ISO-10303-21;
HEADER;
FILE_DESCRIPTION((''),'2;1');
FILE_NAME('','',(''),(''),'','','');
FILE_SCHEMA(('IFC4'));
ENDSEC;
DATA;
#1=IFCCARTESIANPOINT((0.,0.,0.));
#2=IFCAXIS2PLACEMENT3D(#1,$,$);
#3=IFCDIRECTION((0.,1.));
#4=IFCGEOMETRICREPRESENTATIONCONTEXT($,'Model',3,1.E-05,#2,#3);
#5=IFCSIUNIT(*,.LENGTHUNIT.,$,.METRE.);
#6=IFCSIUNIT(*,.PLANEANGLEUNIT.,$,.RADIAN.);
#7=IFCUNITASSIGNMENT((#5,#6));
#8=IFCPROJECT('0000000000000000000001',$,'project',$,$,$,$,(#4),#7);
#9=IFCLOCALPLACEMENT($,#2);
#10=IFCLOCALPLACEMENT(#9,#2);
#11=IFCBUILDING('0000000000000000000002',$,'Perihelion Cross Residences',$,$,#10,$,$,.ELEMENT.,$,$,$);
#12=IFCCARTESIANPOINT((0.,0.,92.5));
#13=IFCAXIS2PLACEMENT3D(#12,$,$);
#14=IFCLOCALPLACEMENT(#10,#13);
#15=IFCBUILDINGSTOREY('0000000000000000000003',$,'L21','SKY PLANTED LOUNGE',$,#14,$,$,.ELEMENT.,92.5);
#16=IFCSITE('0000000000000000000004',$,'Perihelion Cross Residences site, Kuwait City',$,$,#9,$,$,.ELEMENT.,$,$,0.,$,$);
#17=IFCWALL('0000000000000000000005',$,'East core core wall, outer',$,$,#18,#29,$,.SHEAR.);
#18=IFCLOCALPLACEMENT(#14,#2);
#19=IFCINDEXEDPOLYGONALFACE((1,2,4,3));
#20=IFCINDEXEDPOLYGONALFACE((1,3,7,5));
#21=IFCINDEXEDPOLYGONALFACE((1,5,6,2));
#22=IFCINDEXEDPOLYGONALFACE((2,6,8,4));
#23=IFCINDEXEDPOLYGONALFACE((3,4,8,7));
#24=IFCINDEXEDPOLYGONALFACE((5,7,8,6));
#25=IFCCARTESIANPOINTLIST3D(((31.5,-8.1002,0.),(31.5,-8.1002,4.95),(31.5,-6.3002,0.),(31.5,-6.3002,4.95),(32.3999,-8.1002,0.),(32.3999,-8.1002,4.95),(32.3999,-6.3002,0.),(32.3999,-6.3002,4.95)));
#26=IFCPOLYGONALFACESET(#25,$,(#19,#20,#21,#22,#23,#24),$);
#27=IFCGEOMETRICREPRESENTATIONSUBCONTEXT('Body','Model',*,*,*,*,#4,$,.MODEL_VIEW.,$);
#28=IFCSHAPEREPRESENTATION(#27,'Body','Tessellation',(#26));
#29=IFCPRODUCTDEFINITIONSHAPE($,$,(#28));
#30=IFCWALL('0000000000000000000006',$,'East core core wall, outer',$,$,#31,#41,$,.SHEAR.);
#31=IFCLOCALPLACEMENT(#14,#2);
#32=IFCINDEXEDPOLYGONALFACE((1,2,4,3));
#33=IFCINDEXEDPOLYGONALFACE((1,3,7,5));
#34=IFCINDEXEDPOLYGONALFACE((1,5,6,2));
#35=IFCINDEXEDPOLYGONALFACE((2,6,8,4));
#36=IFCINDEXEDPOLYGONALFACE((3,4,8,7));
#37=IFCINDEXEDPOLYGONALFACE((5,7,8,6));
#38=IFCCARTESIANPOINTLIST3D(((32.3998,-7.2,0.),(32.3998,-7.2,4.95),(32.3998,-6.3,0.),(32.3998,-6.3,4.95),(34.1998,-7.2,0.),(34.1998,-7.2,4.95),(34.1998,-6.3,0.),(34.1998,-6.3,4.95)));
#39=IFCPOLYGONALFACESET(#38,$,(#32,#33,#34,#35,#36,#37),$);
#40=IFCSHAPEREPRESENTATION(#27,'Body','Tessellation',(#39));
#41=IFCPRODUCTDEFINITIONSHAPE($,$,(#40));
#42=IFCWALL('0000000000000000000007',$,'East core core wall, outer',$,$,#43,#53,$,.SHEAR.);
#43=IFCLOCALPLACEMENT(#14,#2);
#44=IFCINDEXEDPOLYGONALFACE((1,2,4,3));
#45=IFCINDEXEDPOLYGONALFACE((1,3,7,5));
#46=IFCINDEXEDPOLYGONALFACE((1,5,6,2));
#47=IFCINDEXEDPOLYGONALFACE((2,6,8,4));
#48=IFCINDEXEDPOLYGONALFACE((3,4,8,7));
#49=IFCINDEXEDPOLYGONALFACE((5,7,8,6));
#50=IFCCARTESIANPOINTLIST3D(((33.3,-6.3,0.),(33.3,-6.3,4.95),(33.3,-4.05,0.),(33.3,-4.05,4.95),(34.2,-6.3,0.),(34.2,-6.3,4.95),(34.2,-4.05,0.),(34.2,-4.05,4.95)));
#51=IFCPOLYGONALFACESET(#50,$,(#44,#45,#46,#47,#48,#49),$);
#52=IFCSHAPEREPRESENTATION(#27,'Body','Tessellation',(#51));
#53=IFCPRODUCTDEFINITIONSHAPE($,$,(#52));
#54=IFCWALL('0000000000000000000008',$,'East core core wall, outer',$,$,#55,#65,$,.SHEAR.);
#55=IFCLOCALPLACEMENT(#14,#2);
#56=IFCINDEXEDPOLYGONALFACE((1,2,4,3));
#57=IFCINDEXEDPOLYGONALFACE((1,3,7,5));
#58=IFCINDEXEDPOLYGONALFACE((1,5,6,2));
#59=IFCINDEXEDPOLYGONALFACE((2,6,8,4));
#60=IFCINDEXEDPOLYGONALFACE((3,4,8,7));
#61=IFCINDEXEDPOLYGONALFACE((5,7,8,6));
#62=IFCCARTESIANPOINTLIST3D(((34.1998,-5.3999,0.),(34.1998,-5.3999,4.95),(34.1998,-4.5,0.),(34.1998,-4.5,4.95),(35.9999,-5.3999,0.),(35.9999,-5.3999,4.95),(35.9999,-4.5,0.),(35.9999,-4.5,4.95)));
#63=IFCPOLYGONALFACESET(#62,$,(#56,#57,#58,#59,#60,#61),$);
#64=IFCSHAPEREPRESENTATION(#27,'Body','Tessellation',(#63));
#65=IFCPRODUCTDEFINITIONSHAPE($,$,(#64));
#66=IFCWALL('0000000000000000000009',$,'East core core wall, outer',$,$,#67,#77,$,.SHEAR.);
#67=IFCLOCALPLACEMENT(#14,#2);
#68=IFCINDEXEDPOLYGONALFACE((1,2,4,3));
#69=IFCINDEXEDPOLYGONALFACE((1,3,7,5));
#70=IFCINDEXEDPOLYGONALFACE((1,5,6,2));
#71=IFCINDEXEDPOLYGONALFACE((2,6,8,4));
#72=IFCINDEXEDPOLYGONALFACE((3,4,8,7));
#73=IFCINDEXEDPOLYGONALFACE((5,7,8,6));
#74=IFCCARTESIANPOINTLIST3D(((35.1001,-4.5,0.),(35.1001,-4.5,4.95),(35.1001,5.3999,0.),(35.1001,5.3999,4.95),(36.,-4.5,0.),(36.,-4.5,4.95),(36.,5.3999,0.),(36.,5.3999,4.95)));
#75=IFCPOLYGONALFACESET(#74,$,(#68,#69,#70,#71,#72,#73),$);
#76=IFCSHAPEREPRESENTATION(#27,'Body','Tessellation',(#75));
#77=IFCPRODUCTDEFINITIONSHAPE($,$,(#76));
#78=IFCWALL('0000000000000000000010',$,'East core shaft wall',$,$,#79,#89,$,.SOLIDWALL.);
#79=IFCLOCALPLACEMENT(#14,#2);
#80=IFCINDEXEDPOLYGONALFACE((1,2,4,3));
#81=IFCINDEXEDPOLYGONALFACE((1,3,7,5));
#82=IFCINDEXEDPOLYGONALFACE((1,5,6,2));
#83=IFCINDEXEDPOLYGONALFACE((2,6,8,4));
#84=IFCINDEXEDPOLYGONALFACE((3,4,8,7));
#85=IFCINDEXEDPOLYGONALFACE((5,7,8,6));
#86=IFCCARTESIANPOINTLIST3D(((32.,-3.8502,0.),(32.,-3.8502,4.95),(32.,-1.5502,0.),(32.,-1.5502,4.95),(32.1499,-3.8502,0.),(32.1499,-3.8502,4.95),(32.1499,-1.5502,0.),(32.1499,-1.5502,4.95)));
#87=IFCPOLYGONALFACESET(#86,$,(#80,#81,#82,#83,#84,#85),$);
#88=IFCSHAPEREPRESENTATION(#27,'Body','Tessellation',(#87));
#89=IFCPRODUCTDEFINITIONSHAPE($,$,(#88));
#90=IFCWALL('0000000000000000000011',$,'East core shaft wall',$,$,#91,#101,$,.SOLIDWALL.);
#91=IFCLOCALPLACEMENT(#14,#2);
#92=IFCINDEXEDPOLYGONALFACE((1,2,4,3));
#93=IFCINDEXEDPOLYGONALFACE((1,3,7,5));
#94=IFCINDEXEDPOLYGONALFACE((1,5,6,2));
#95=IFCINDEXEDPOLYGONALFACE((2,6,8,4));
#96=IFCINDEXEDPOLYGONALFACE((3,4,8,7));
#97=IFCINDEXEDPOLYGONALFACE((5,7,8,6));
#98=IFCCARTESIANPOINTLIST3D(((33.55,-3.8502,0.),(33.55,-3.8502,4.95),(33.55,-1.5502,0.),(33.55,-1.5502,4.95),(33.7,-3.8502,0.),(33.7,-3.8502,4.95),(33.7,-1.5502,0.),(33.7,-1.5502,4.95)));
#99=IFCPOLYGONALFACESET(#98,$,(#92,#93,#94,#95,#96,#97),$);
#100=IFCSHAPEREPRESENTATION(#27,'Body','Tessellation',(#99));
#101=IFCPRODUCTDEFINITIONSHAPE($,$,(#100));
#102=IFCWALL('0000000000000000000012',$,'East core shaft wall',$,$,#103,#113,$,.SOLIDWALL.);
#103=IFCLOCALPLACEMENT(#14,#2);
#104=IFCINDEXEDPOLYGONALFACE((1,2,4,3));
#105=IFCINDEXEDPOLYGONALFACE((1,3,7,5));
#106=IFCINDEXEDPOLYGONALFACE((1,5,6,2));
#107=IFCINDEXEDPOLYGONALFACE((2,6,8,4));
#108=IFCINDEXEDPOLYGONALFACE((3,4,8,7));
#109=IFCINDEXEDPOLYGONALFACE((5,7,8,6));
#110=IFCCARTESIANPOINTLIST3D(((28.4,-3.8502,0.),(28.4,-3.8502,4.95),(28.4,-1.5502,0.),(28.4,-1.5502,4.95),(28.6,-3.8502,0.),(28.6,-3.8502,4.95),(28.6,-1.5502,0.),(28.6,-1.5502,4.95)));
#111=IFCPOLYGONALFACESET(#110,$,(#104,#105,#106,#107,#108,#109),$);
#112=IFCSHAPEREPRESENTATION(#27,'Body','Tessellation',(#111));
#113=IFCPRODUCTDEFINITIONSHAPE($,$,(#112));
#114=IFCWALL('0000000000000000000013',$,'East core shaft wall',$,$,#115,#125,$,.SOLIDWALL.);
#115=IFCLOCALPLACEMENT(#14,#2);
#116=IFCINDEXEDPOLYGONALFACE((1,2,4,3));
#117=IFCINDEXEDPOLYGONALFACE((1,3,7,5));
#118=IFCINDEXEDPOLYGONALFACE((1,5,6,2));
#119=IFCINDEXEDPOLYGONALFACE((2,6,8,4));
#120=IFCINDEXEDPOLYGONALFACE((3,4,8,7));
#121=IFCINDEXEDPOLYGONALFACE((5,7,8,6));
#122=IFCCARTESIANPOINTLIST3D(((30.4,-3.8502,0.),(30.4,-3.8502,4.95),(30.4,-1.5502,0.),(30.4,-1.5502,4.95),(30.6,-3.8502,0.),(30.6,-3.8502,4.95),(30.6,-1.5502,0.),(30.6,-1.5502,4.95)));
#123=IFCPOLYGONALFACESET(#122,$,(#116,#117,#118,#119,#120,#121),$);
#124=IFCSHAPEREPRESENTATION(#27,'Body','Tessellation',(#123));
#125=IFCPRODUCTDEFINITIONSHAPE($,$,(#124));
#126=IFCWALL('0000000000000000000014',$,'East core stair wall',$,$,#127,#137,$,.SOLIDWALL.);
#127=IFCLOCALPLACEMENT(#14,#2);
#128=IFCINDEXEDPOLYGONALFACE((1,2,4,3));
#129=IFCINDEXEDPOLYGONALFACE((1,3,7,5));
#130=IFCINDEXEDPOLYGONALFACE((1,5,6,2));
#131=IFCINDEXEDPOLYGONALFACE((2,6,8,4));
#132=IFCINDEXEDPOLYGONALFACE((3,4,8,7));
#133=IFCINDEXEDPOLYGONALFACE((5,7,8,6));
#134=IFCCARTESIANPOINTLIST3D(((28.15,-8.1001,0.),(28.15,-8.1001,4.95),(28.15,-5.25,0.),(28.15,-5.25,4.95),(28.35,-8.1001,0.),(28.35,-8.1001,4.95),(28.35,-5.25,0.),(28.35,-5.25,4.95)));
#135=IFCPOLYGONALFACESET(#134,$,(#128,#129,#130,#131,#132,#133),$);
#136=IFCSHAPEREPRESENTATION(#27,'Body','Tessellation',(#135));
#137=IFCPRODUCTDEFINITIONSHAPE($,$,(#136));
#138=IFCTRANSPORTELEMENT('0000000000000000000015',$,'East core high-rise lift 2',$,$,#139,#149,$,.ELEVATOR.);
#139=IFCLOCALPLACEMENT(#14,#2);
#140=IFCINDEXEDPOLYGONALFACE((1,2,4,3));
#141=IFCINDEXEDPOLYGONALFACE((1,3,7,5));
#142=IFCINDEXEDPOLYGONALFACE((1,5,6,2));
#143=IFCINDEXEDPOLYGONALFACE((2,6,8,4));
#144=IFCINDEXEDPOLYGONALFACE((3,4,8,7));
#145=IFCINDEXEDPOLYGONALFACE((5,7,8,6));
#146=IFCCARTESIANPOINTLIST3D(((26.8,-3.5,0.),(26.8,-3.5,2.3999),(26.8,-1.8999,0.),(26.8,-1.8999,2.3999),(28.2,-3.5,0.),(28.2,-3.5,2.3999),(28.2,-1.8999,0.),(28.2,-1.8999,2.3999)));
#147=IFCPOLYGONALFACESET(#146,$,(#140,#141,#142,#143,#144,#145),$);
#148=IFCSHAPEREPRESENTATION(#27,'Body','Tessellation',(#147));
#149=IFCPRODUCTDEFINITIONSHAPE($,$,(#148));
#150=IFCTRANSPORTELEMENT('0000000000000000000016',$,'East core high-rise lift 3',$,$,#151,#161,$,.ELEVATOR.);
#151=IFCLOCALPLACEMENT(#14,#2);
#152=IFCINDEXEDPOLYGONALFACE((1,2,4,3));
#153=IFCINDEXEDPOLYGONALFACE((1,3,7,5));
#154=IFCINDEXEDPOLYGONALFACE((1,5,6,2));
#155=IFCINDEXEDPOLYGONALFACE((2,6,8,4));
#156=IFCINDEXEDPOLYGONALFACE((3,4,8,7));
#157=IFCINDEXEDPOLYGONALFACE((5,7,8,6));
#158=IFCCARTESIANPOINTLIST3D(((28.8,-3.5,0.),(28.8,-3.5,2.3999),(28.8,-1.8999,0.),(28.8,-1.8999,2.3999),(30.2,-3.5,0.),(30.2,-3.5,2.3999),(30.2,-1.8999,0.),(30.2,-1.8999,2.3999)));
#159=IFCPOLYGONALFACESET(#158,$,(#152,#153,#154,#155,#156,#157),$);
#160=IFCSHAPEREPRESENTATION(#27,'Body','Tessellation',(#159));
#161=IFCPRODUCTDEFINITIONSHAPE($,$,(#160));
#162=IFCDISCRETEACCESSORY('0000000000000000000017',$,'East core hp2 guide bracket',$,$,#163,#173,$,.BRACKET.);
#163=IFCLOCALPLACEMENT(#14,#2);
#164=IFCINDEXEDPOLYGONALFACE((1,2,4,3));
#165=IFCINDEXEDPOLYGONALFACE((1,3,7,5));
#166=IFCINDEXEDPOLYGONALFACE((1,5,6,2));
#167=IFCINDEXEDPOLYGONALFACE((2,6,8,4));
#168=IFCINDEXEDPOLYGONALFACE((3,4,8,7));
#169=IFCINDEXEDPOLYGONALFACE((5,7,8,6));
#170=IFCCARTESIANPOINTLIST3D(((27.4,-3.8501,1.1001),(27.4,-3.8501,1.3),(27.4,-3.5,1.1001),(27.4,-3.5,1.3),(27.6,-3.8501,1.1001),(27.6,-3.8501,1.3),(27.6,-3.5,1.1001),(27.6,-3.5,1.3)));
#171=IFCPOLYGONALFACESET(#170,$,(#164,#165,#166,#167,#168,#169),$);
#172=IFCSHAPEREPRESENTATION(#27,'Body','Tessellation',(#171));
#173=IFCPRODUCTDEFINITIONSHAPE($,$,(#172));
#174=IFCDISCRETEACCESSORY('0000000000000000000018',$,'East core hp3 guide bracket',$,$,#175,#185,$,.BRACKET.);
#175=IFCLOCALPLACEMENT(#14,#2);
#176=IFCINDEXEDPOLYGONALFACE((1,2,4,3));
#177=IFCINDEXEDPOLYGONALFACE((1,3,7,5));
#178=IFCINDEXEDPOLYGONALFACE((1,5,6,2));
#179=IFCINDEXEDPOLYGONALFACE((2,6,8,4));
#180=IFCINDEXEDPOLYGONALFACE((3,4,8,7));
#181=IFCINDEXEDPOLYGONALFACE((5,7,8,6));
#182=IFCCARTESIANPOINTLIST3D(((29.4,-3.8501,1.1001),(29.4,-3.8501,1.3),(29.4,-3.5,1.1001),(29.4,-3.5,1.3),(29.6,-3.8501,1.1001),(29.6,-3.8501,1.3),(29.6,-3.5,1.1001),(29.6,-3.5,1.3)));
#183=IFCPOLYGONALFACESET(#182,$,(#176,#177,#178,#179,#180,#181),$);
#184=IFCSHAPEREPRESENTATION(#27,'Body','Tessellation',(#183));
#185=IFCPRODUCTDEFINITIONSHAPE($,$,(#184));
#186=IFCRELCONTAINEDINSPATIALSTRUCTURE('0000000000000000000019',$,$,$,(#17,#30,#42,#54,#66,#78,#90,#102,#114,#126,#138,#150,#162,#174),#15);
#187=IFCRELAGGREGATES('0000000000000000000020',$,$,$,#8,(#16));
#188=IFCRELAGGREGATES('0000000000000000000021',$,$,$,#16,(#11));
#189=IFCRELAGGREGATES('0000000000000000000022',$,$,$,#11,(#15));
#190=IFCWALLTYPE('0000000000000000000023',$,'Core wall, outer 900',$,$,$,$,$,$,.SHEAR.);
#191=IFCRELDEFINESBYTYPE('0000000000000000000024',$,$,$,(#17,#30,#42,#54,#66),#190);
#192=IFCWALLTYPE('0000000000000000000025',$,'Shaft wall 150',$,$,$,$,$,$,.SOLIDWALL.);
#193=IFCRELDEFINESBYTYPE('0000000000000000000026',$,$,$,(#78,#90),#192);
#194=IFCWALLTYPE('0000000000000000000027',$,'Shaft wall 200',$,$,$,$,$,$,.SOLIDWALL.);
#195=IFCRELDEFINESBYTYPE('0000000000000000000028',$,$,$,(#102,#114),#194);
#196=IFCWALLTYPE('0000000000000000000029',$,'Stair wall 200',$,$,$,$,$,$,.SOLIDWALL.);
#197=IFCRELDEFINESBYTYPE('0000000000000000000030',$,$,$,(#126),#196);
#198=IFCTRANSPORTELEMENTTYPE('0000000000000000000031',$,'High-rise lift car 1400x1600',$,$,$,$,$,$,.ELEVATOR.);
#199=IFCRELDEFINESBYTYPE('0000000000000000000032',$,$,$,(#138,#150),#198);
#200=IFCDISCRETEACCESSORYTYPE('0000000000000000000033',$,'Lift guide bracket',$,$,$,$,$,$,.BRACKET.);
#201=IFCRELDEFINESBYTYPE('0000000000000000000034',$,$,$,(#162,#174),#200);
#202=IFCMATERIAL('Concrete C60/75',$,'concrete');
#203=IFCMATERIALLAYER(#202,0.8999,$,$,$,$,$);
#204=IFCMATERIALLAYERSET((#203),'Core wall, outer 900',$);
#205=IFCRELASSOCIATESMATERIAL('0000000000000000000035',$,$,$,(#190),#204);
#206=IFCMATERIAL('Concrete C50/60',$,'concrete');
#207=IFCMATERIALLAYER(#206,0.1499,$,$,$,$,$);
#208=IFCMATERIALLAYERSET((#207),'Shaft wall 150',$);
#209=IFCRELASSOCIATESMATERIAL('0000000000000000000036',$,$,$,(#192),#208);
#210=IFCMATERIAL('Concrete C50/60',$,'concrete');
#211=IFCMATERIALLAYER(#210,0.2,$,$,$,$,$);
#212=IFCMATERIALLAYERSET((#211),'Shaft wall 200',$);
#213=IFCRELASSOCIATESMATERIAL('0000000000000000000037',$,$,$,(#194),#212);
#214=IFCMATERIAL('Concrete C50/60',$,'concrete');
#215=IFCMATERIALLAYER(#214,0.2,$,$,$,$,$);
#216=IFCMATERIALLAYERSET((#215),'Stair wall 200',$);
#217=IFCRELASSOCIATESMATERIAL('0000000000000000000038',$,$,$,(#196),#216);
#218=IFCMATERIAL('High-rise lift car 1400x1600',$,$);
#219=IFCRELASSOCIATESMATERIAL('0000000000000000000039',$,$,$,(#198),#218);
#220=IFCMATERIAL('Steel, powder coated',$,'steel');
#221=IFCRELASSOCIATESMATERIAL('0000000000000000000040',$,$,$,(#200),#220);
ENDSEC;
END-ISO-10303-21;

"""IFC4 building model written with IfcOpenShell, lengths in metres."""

from ifc_helpers import new_model, si_unit, direction, frame, frame_2d, origin, origin_2d, place, context, subcontext, project, spatial, rectangle, extrude, material, layer, layer_set, type_object, element, save


model = new_model("IFC4")

# Units and contexts
model_context = context("Model", 3, precision=1e-05, world=origin(), true_north=direction((0.0, 1.0)))
body_context = subcontext(model_context, "Body", "Model", "MODEL_VIEW")
ifc_project = project(units=[si_unit("LENGTHUNIT", "METRE"), si_unit("PLANEANGLEUNIT", "RADIAN")], contexts=[model_context])

# Site, building, storey
site_placement = place(None, origin())
site = spatial("IfcSite", under=ifc_project, at=site_placement, Name="Perihelion Cross Residences site, Kuwait City", CompositionType="ELEMENT", RefElevation=0.0)
building_placement = place(site_placement, origin())
building = spatial("IfcBuilding", under=site, at=building_placement, Name="Perihelion Cross Residences", CompositionType="ELEMENT")
storey_placement = place(building_placement, frame((0.0, 0.0, 92.5)))
storey = spatial("IfcBuildingStorey", under=building, at=storey_placement, Name="L21", Description="SKY PLANTED LOUNGE", CompositionType="ELEMENT", Elevation=92.5)

# Walls
ifc_material_1 = material(Name="Concrete C60/75", Category="concrete")
ifc_layer_1 = layer(ifc_material_1, 0.8999)
ifc_layer_set_1 = layer_set([ifc_layer_1], Name="Core wall, outer 900")
wall_type_1 = type_object("IfcWallType", Name="Core wall, outer 900", PredefinedType="SHEAR", material=ifc_layer_set_1)
for number, where, z_axis, x_axis, name in (
    (1, (31.95, -8.1001, 0.0), (0.0, 0.0, 1.0), (0.0, 1.0, 0.0), "East core core wall, outer"),
    (2, (32.3999, -6.75, 0.0), (0.0, 0.0, 1.0), (1.0, 0.0, 0.0), "East core core wall, outer"),
):
    element("IfcWall", number, at=place(storey_placement, frame(where, z_axis=z_axis, x_axis=x_axis)), inside=storey, type_object=wall_type_1, Name=name, PredefinedType="SHEAR", context=body_context, shape_type="SweptSolid", body=[
        extrude(rectangle(XDim=1.8, YDim=0.8999, at=frame_2d((0.8999, 0.0))), origin(), (0.0, 0.0, 1.0), 4.95),
    ])
wall_1_placement = place(storey_placement, frame((33.75, -6.3, 0.0), z_axis=(0.0, 0.0, 1.0), x_axis=(0.0, 1.0, 0.0)))
element("IfcWall", 3, at=wall_1_placement, inside=storey, type_object=wall_type_1, Name="East core core wall, outer", PredefinedType="SHEAR", context=body_context, shape_type="SweptSolid", body=[
    extrude(rectangle(XDim=2.25, YDim=0.8999, at=frame_2d((1.125, 0.0))), origin(), (0.0, 0.0, 1.0), 4.95),
])
wall_2_placement = place(storey_placement, frame((34.2, -4.95, 0.0), z_axis=(0.0, 0.0, 1.0), x_axis=(1.0, 0.0, 0.0)))
element("IfcWall", 4, at=wall_2_placement, inside=storey, type_object=wall_type_1, Name="East core core wall, outer", PredefinedType="SHEAR", context=body_context, shape_type="SweptSolid", body=[
    extrude(rectangle(XDim=1.8, YDim=0.8999, at=frame_2d((0.8999, 0.0))), origin(), (0.0, 0.0, 1.0), 4.95),
])
wall_3_placement = place(storey_placement, frame((35.55, -4.5, 0.0), z_axis=(0.0, 0.0, 1.0), x_axis=(0.0, 1.0, 0.0)))
element("IfcWall", 5, at=wall_3_placement, inside=storey, type_object=wall_type_1, Name="East core core wall, outer", PredefinedType="SHEAR", context=body_context, shape_type="SweptSolid", body=[
    extrude(rectangle(XDim=9.8999, YDim=0.8999, at=frame_2d((4.95, 0.0))), origin(), (0.0, 0.0, 1.0), 4.95),
])
ifc_material_2 = material(Name="Concrete C50/60", Category="concrete")
ifc_layer_2 = layer(ifc_material_2, 0.1499)
ifc_layer_set_2 = layer_set([ifc_layer_2], Name="Shaft wall 150")
wall_type_2 = type_object("IfcWallType", Name="Shaft wall 150", PredefinedType="SOLIDWALL", material=ifc_layer_set_2)
for number, where, z_axis, x_axis, name in (
    (6, (32.075, -3.8501, 0.0), (0.0, 0.0, 1.0), (0.0, 1.0, 0.0), "East core shaft wall"),
    (7, (33.625, -3.8501, 0.0), (0.0, 0.0, 1.0), (0.0, 1.0, 0.0), "East core shaft wall"),
):
    element("IfcWall", number, at=place(storey_placement, frame(where, z_axis=z_axis, x_axis=x_axis)), inside=storey, type_object=wall_type_2, Name=name, PredefinedType="SOLIDWALL", context=body_context, shape_type="SweptSolid", body=[
        extrude(rectangle(XDim=2.3, YDim=0.1499, at=frame_2d((1.1499, 0.0))), origin(), (0.0, 0.0, 1.0), 4.95),
    ])
ifc_material_3 = material(Name="Concrete C50/60", Category="concrete")
ifc_layer_3 = layer(ifc_material_3, 0.2)
ifc_layer_set_3 = layer_set([ifc_layer_3], Name="Shaft wall 200")
wall_type_3 = type_object("IfcWallType", Name="Shaft wall 200", PredefinedType="SOLIDWALL", material=ifc_layer_set_3)
for number, where, z_axis, x_axis, name in (
    (8, (28.5, -3.8501, 0.0), (0.0, 0.0, 1.0), (0.0, 1.0, 0.0), "East core shaft wall"),
    (9, (30.5, -3.8501, 0.0), (0.0, 0.0, 1.0), (0.0, 1.0, 0.0), "East core shaft wall"),
):
    element("IfcWall", number, at=place(storey_placement, frame(where, z_axis=z_axis, x_axis=x_axis)), inside=storey, type_object=wall_type_3, Name=name, PredefinedType="SOLIDWALL", context=body_context, shape_type="SweptSolid", body=[
        extrude(rectangle(XDim=2.3, YDim=0.2, at=frame_2d((1.1499, 0.0))), origin(), (0.0, 0.0, 1.0), 4.95),
    ])
ifc_material_4 = material(Name="Concrete C50/60", Category="concrete")
ifc_layer_4 = layer(ifc_material_4, 0.2)
ifc_layer_set_4 = layer_set([ifc_layer_4], Name="Stair wall 200")
wall_type_4 = type_object("IfcWallType", Name="Stair wall 200", PredefinedType="SOLIDWALL", material=ifc_layer_set_4)
wall_4_placement = place(storey_placement, frame((28.25, -8.1001, 0.0), z_axis=(0.0, 0.0, 1.0), x_axis=(0.0, 1.0, 0.0)))
element("IfcWall", 10, at=wall_4_placement, inside=storey, type_object=wall_type_4, Name="East core stair wall", PredefinedType="SOLIDWALL", context=body_context, shape_type="SweptSolid", body=[
    extrude(rectangle(XDim=2.8501, YDim=0.2, at=frame_2d((1.425, 0.0))), origin(), (0.0, 0.0, 1.0), 4.95),
])

# Transport elements
ifc_material_5 = material(Name="High-rise lift car 1400x1600")
transport_element_type = type_object("IfcTransportElementType", Name="High-rise lift car 1400x1600", PredefinedType="ELEVATOR", material=ifc_material_5)
for number, where, z_axis, x_axis, name in (
    (11, (27.5, -2.7, 0.0), (0.0, 0.0, 1.0), (1.0, 0.0, 0.0), "East core high-rise lift 2"),
    (12, (29.5, -2.7, 0.0), (0.0, 0.0, 1.0), (1.0, 0.0, 0.0), "East core high-rise lift 3"),
):
    element("IfcTransportElement", number, at=place(storey_placement, frame(where, z_axis=z_axis, x_axis=x_axis)), inside=storey, type_object=transport_element_type, Name=name, PredefinedType="ELEVATOR", context=body_context, shape_type="SweptSolid", body=[
        extrude(rectangle(XDim=1.3999, YDim=1.6001, at=origin_2d()), origin(), (0.0, 0.0, 1.0), 2.3999),
    ])

# Discrete accessories
ifc_material_6 = material(Name="Steel, powder coated", Category="steel")
discrete_accessory_type = type_object("IfcDiscreteAccessoryType", Name="Lift guide bracket", PredefinedType="BRACKET", material=ifc_material_6)
for number, where, z_axis, x_axis, name in (
    (13, (27.5, -3.675, 1.1001), (0.0, 0.0, 1.0), (1.0, 0.0, 0.0), "East core hp2 guide bracket"),
    (14, (29.5, -3.675, 1.1001), (0.0, 0.0, 1.0), (1.0, 0.0, 0.0), "East core hp3 guide bracket"),
):
    element("IfcDiscreteAccessory", number, at=place(storey_placement, frame(where, z_axis=z_axis, x_axis=x_axis)), inside=storey, type_object=discrete_accessory_type, Name=name, PredefinedType="BRACKET", context=body_context, shape_type="SweptSolid", body=[
        extrude(rectangle(XDim=0.2, YDim=0.3501, at=origin_2d()), origin(), (0.0, 0.0, 1.0), 0.2),
    ])

save(model, "model.ifc")
